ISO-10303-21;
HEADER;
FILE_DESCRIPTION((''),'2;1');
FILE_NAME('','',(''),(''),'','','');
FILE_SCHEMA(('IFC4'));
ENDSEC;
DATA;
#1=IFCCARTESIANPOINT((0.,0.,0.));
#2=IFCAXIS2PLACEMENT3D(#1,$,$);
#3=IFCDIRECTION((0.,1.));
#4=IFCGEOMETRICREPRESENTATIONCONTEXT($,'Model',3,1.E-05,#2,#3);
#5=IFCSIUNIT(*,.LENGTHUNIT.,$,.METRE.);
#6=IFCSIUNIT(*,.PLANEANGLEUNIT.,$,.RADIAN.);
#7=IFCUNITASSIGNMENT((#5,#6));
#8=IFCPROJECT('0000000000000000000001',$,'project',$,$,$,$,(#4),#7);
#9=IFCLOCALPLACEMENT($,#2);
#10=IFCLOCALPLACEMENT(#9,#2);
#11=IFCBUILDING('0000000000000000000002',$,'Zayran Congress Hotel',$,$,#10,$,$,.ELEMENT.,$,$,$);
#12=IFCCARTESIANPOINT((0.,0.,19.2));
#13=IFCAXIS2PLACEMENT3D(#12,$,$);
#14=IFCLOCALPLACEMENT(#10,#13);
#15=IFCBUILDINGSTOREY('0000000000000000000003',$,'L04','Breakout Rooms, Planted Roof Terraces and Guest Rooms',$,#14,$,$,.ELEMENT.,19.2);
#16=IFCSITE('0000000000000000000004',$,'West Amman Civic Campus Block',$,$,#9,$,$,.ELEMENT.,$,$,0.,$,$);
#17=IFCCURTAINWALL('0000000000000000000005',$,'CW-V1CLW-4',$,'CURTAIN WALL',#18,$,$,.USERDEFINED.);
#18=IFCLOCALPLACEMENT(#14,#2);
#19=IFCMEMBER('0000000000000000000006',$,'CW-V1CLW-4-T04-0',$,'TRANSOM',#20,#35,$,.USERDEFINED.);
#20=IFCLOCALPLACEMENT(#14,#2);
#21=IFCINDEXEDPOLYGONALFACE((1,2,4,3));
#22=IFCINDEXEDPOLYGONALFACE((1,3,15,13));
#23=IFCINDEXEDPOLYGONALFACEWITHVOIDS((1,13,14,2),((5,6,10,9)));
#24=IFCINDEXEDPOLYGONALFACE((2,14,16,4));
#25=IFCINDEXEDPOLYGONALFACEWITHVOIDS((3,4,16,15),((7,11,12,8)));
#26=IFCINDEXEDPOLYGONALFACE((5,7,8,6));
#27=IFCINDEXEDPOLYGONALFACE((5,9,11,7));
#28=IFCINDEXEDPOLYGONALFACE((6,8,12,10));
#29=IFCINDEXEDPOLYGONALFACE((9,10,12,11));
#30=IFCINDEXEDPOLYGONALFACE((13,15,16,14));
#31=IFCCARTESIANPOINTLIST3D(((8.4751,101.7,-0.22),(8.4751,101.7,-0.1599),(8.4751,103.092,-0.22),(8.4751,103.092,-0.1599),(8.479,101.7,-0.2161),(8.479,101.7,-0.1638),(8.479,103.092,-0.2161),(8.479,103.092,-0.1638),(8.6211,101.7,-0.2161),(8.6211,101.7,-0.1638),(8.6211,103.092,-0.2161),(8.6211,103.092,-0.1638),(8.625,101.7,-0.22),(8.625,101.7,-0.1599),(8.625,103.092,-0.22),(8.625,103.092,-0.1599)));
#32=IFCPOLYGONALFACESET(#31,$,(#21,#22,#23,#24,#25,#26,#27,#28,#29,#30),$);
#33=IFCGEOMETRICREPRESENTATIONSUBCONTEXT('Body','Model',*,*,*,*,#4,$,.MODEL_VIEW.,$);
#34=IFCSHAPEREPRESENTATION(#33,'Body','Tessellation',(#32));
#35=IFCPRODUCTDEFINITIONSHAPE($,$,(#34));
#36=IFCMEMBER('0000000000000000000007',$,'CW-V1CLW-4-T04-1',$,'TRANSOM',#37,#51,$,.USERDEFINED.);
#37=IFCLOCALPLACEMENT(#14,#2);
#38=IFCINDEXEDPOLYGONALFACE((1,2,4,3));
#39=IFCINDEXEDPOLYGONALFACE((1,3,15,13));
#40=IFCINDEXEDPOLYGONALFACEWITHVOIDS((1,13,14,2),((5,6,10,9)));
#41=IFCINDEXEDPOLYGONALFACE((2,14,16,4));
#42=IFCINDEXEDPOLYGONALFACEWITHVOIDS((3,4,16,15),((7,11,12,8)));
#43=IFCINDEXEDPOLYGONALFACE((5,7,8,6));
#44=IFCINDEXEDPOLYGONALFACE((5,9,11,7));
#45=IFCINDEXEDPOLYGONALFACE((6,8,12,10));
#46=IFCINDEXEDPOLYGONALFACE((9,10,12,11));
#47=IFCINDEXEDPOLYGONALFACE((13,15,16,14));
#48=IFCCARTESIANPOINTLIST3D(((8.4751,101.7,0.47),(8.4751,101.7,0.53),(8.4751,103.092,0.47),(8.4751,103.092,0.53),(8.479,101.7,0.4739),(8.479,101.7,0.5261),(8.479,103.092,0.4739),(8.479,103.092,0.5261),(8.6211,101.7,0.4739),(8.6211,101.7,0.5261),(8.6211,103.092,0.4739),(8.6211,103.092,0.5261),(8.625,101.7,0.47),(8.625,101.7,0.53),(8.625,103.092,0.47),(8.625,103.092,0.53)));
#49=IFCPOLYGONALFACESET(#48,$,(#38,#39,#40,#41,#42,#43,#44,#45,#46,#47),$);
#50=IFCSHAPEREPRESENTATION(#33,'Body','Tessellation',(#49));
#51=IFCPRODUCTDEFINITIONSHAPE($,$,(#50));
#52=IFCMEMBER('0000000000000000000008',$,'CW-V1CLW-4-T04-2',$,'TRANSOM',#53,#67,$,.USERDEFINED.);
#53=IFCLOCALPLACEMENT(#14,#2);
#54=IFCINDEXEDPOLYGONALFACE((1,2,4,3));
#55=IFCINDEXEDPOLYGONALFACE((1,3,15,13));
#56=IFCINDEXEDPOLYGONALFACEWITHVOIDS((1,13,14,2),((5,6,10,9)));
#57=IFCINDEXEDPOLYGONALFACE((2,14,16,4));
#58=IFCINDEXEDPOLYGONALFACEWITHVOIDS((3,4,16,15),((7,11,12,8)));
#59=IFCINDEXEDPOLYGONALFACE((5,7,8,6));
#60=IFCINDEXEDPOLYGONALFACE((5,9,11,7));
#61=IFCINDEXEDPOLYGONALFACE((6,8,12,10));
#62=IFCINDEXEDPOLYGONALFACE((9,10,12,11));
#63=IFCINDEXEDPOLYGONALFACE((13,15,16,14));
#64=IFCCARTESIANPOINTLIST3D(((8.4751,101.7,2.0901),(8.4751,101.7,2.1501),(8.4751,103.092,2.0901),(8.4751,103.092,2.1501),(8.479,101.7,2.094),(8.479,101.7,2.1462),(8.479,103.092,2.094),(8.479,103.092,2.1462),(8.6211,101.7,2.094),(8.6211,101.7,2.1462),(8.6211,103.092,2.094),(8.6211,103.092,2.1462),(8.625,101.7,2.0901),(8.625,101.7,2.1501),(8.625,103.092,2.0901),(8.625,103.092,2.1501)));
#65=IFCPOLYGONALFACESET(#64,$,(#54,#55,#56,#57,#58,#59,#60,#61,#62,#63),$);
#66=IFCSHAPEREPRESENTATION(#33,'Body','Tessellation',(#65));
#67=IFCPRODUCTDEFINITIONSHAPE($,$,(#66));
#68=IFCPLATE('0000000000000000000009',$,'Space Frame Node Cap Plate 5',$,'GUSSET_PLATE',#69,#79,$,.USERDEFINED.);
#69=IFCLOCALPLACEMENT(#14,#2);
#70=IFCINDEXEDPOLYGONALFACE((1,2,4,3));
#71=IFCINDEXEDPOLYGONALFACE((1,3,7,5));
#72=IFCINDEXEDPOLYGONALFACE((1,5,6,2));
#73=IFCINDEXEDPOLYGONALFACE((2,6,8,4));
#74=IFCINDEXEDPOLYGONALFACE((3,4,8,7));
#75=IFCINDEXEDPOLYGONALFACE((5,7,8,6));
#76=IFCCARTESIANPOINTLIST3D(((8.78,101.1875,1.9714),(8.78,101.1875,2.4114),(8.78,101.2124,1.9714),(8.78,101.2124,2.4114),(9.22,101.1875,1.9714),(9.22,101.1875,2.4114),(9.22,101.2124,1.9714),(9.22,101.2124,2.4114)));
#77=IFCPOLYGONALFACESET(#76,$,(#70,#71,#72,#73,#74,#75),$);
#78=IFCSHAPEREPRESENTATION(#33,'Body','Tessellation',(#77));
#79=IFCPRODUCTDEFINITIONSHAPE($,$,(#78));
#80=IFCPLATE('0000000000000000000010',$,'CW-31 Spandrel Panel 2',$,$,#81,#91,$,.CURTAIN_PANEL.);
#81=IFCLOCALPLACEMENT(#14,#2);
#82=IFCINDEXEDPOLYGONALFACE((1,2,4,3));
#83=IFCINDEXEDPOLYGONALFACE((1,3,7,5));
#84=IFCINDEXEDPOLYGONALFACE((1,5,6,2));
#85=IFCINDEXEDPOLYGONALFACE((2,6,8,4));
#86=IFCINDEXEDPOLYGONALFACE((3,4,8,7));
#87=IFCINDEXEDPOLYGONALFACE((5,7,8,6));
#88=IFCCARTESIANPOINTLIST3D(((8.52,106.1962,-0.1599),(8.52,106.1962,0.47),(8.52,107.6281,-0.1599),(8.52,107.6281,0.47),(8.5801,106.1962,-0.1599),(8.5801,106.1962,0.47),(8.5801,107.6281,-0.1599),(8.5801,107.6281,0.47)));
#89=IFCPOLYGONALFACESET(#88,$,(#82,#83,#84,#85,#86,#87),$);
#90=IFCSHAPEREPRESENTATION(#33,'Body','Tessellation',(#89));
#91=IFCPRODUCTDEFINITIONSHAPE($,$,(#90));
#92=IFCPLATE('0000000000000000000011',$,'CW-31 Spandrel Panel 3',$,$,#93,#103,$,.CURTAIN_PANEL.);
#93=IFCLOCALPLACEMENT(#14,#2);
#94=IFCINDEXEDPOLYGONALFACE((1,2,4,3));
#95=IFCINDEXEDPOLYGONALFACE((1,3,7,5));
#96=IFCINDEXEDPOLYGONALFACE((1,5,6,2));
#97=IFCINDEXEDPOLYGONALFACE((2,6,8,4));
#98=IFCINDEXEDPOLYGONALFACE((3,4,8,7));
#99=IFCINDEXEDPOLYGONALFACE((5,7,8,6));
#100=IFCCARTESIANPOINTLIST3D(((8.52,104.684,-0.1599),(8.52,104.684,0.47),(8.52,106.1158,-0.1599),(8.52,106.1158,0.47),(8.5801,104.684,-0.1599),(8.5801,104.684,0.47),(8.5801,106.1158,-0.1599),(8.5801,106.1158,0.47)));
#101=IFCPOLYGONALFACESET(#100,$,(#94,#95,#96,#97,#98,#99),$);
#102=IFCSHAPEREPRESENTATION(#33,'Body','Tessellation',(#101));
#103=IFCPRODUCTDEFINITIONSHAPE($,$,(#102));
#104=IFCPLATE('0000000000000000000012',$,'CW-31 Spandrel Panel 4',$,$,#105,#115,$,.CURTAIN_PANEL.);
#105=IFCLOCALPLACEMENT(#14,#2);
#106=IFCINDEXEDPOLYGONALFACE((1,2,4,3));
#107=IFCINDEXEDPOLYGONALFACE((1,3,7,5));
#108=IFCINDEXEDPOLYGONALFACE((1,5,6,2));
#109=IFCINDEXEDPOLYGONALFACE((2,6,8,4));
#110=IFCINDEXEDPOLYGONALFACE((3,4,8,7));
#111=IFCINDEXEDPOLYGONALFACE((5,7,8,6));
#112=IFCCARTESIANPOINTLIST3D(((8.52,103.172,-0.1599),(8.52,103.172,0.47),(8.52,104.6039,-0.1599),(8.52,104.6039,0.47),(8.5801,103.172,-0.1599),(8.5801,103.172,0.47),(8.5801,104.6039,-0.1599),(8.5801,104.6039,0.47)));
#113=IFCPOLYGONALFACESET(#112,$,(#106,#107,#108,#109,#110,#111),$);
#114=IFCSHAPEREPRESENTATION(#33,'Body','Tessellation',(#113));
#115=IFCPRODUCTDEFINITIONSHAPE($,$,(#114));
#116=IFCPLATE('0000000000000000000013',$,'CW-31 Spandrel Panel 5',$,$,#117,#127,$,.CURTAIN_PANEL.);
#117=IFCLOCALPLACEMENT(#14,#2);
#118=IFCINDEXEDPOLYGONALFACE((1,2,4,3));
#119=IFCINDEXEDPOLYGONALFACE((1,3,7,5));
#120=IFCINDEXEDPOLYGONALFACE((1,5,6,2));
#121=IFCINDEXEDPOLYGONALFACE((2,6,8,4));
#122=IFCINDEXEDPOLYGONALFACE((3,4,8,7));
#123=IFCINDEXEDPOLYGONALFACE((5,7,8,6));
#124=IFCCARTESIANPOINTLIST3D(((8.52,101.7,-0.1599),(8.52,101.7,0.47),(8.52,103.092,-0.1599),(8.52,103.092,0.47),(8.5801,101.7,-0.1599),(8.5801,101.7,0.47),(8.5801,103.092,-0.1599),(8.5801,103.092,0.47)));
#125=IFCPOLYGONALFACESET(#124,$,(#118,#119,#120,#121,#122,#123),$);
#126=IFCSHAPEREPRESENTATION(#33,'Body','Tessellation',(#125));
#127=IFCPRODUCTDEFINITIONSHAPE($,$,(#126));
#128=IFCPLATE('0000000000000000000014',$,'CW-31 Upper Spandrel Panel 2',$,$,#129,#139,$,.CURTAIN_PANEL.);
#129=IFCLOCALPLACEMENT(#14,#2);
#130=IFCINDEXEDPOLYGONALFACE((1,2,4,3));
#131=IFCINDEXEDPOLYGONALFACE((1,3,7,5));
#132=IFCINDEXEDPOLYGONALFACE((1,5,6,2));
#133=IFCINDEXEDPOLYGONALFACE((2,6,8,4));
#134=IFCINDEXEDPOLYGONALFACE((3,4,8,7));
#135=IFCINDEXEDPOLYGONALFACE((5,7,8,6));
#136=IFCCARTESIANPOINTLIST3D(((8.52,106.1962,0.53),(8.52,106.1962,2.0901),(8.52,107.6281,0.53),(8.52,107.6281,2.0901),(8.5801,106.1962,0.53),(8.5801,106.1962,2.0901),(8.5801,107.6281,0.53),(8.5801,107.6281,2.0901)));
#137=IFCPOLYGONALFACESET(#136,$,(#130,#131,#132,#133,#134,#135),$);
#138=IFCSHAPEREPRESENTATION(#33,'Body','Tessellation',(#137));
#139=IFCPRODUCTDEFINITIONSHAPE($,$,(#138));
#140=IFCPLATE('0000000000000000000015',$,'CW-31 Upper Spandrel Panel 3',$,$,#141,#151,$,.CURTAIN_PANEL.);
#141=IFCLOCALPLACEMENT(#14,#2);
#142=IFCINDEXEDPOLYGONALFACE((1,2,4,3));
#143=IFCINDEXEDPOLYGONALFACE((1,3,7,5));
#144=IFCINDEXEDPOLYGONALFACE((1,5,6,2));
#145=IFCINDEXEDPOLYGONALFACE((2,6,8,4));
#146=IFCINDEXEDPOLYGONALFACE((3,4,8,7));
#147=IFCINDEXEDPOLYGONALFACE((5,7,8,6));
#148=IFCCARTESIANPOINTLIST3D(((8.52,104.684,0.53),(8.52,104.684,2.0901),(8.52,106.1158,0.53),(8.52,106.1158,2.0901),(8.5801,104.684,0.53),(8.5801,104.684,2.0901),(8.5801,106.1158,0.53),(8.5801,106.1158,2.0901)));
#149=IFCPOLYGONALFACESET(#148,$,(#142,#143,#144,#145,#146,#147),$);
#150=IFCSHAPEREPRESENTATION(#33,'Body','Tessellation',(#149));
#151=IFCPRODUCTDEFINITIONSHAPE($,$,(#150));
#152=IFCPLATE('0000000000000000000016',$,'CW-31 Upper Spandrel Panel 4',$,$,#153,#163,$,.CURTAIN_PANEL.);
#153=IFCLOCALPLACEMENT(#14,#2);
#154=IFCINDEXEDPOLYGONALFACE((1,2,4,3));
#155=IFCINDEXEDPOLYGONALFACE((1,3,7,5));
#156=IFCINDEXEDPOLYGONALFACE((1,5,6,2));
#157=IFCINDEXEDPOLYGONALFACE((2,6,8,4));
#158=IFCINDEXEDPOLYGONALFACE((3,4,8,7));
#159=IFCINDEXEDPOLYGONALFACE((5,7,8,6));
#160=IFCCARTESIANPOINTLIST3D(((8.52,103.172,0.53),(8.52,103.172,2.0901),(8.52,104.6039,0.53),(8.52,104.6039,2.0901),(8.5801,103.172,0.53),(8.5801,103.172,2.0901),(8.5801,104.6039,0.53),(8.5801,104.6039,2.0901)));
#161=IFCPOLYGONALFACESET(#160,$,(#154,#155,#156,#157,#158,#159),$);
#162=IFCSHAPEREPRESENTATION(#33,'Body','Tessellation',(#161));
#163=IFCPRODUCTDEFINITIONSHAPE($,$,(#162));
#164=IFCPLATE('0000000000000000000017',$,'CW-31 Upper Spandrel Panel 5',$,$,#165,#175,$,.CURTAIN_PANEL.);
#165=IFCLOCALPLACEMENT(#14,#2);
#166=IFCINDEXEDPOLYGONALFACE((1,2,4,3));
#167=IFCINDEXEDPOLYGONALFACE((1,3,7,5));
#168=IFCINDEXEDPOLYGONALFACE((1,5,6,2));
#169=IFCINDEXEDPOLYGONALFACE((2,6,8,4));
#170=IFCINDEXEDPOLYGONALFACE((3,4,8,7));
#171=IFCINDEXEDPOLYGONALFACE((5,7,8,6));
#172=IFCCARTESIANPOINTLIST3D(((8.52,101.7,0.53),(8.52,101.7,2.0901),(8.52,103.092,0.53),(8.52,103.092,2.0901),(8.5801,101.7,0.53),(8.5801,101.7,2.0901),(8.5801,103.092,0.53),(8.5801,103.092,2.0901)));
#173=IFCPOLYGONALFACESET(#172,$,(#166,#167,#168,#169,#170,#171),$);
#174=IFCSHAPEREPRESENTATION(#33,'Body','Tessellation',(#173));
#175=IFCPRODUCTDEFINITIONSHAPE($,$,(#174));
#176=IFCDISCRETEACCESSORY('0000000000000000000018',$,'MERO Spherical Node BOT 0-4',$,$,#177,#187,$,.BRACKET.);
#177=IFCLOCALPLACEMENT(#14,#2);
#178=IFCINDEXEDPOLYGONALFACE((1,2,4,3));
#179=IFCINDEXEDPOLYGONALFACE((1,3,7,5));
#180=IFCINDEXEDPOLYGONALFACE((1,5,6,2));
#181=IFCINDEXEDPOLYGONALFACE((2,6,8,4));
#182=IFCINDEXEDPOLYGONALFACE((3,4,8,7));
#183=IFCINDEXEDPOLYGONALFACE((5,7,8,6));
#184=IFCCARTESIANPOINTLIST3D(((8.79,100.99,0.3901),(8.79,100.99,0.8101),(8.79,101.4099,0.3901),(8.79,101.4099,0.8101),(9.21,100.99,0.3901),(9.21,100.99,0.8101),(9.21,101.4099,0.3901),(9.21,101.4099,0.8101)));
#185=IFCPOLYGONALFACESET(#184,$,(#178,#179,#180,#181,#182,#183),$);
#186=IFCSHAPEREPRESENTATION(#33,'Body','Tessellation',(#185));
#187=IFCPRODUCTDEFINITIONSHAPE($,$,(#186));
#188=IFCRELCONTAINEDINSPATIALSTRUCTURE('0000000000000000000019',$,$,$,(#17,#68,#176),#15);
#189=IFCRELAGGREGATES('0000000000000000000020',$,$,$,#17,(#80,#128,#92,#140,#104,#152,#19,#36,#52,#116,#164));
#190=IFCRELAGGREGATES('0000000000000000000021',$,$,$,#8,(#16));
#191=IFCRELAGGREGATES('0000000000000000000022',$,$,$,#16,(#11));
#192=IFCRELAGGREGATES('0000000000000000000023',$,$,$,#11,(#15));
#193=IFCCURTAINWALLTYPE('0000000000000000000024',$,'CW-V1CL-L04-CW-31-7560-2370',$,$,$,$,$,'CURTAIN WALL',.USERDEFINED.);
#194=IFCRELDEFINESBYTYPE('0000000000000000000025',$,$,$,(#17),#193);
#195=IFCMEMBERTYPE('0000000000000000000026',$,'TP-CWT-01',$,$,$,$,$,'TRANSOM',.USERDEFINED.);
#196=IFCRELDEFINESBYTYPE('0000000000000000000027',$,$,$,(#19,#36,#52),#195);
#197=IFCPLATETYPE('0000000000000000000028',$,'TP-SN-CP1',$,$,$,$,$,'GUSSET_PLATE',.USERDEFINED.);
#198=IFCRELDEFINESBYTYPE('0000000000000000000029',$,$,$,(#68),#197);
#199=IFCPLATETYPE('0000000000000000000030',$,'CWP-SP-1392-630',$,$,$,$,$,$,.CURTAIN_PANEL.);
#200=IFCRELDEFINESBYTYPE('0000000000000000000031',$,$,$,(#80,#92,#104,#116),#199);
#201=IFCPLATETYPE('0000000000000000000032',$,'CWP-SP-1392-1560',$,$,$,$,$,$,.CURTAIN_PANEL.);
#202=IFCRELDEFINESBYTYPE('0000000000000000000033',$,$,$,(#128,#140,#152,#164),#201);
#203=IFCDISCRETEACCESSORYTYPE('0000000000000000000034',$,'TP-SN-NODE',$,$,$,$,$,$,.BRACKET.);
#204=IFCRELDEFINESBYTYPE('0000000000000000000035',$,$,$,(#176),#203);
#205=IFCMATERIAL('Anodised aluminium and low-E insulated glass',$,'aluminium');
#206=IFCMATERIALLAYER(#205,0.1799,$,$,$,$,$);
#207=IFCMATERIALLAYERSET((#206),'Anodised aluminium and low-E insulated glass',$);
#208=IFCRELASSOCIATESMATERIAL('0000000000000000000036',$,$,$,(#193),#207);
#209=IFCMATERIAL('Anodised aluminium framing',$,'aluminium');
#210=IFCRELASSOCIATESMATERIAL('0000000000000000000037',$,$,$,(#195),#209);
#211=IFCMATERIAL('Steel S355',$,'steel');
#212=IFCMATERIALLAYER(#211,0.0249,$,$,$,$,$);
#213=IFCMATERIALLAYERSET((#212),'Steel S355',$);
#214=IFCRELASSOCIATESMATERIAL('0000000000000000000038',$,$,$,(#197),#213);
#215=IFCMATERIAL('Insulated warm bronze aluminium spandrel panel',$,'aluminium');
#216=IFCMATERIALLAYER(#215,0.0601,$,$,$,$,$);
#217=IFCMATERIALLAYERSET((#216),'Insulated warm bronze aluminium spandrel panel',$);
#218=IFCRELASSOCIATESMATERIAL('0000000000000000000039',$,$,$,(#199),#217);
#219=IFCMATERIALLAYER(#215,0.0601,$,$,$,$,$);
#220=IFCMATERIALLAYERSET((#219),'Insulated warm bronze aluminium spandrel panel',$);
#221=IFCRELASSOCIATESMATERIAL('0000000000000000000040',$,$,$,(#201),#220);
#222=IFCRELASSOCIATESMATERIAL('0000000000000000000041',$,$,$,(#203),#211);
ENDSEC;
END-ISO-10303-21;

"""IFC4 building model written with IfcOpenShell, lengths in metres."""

from ifc_helpers import new_model, si_unit, direction, frame, origin, origin_2d, place, context, subcontext, project, spatial, rectangle, hollow_rectangle, extrude, material, layer, layer_set, material_profile, profile_set, type_object, element, aggregate, save


model = new_model("IFC4")

# Units and contexts
model_context = context("Model", 3, precision=1e-05, world=origin(), true_north=direction((0.0, 1.0)))
body_context = subcontext(model_context, "Body", "Model", "MODEL_VIEW")
ifc_project = project(units=[si_unit("LENGTHUNIT", "METRE"), si_unit("PLANEANGLEUNIT", "RADIAN")], contexts=[model_context])

# Site, building, storey
site_placement = place(None, origin())
site = spatial("IfcSite", under=ifc_project, at=site_placement, Name="West Amman Civic Campus Block", CompositionType="ELEMENT", RefElevation=0.0)
building_placement = place(site_placement, origin())
building = spatial("IfcBuilding", under=site, at=building_placement, Name="Zayran Congress Hotel", CompositionType="ELEMENT")
storey_placement = place(building_placement, frame((0.0, 0.0, 19.2)))
storey = spatial("IfcBuildingStorey", under=building, at=storey_placement, Name="L04", Description="Breakout Rooms, Planted Roof Terraces and Guest Rooms", CompositionType="ELEMENT", Elevation=19.2)

# Curtain wall, members
ifc_material_1 = material(Name="Anodised aluminium and low-E insulated glass", Category="aluminium")
ifc_layer_1 = layer(ifc_material_1, 0.1799)
ifc_layer_set_1 = layer_set([ifc_layer_1], Name="Anodised aluminium and low-E insulated glass")
curtain_wall_type = type_object("IfcCurtainWallType", Name="CW-V1CL-L04-CW-31-7560-2370", ElementType="CURTAIN WALL", PredefinedType="USERDEFINED", material=ifc_layer_set_1)
curtain_wall_placement = place(storey_placement, origin())
curtain_wall = element("IfcCurtainWall", 1, at=curtain_wall_placement, inside=storey, type_object=curtain_wall_type, Name="CW-V1CLW-4", ObjectType="CURTAIN WALL", PredefinedType="USERDEFINED")
ifc_material_2 = material(Name="Anodised aluminium framing", Category="aluminium")
ifc_material_profile_1 = material_profile(ifc_material_2, hollow_rectangle(XDim=0.0601, YDim=0.1499, WallThickness=0.0039, at=origin_2d()), Name="RHS 150x60x4")
ifc_profile_set_1 = profile_set([ifc_material_profile_1], Name="Anodised aluminium framing")
member_type_1 = type_object("IfcMemberType", Name="TP-CWT-01", ElementType="TRANSOM", PredefinedType="USERDEFINED", material=ifc_profile_set_1)
member_1_placement = place(storey_placement, frame((8.55, 103.092, -0.1899), z_axis=(0.0, -1.0, 0.0), x_axis=(0.0, 0.0, 1.0)))
member_1 = element("IfcMember", 2, at=member_1_placement, type_object=member_type_1, Name="CW-V1CLW-4-T04-0", ObjectType="TRANSOM", PredefinedType="USERDEFINED", context=body_context, shape_type="SweptSolid", body=[
    extrude(hollow_rectangle(XDim=0.0601, YDim=0.1499, WallThickness=0.0039, at=origin_2d()), origin(), (0.0, 0.0, 1.0), 1.3921),
])
member_2_placement = place(storey_placement, frame((8.55, 103.092, 0.5), z_axis=(0.0, -1.0, 0.0), x_axis=(0.0, 0.0, 1.0)))
member_2 = element("IfcMember", 3, at=member_2_placement, type_object=member_type_1, Name="CW-V1CLW-4-T04-1", ObjectType="TRANSOM", PredefinedType="USERDEFINED", context=body_context, shape_type="SweptSolid", body=[
    extrude(hollow_rectangle(XDim=0.0601, YDim=0.1499, WallThickness=0.0039, at=origin_2d()), origin(), (0.0, 0.0, 1.0), 1.3921),
])
member_3_placement = place(storey_placement, frame((8.55, 103.092, 2.1201), z_axis=(0.0, -1.0, 0.0), x_axis=(0.0, 0.0, 1.0)))
member_3 = element("IfcMember", 4, at=member_3_placement, type_object=member_type_1, Name="CW-V1CLW-4-T04-2", ObjectType="TRANSOM", PredefinedType="USERDEFINED", context=body_context, shape_type="SweptSolid", body=[
    extrude(hollow_rectangle(XDim=0.0601, YDim=0.1499, WallThickness=0.0039, at=origin_2d()), origin(), (0.0, 0.0, 1.0), 1.3921),
])

# Plates
ifc_material_3 = material(Name="Steel S355", Category="steel")
ifc_layer_2 = layer(ifc_material_3, 0.0249)
ifc_layer_set_2 = layer_set([ifc_layer_2], Name="Steel S355")
plate_type_1 = type_object("IfcPlateType", Name="TP-SN-CP1", ElementType="GUSSET_PLATE", PredefinedType="USERDEFINED", material=ifc_layer_set_2)
plate_1_placement = place(storey_placement, frame((9.0, 101.2, 1.9714), z_axis=(0.0, 0.0, 1.0), x_axis=(1.0, 0.0, 0.0)))
element("IfcPlate", 5, at=plate_1_placement, inside=storey, type_object=plate_type_1, Name="Space Frame Node Cap Plate 5", ObjectType="GUSSET_PLATE", PredefinedType="USERDEFINED", context=body_context, shape_type="SweptSolid", body=[
    extrude(rectangle(XDim=0.4399, YDim=0.0249, at=origin_2d()), origin(), (0.0, 0.0, 1.0), 0.4399),
])
ifc_material_4 = material(Name="Insulated warm bronze aluminium spandrel panel", Category="aluminium")
ifc_layer_3 = layer(ifc_material_4, 0.0601)
ifc_layer_set_3 = layer_set([ifc_layer_3], Name="Insulated warm bronze aluminium spandrel panel")
plate_type_2 = type_object("IfcPlateType", Name="CWP-SP-1392-630", PredefinedType="CURTAIN_PANEL", material=ifc_layer_set_3)
plate_2_placement = place(storey_placement, frame((8.55, 106.9121, -0.1599), z_axis=(0.0, 0.0, 1.0), x_axis=(0.0, 1.0, 0.0)))
plate_2 = element("IfcPlate", 6, at=plate_2_placement, type_object=plate_type_2, Name="CW-31 Spandrel Panel 2", PredefinedType="CURTAIN_PANEL", context=body_context, shape_type="SweptSolid", body=[
    extrude(rectangle(XDim=1.4319, YDim=0.0601, at=origin_2d()), origin(), (0.0, 0.0, 1.0), 0.6299),
])
plate_3_placement = place(storey_placement, frame((8.55, 105.3999, -0.1599), z_axis=(0.0, 0.0, 1.0), x_axis=(0.0, 1.0, 0.0)))
plate_3 = element("IfcPlate", 7, at=plate_3_placement, type_object=plate_type_2, Name="CW-31 Spandrel Panel 3", PredefinedType="CURTAIN_PANEL", context=body_context, shape_type="SweptSolid", body=[
    extrude(rectangle(XDim=1.4319, YDim=0.0601, at=origin_2d()), origin(), (0.0, 0.0, 1.0), 0.6299),
])
plate_4_placement = place(storey_placement, frame((8.55, 103.8879, -0.1599), z_axis=(0.0, 0.0, 1.0), x_axis=(0.0, 1.0, 0.0)))
plate_4 = element("IfcPlate", 8, at=plate_4_placement, type_object=plate_type_2, Name="CW-31 Spandrel Panel 4", PredefinedType="CURTAIN_PANEL", context=body_context, shape_type="SweptSolid", body=[
    extrude(rectangle(XDim=1.4319, YDim=0.0601, at=origin_2d()), origin(), (0.0, 0.0, 1.0), 0.6299),
])
plate_5_placement = place(storey_placement, frame((8.55, 102.396, -0.1599), z_axis=(0.0, 0.0, 1.0), x_axis=(0.0, 1.0, 0.0)))
plate_5 = element("IfcPlate", 9, at=plate_5_placement, type_object=plate_type_2, Name="CW-31 Spandrel Panel 5", PredefinedType="CURTAIN_PANEL", context=body_context, shape_type="SweptSolid", body=[
    extrude(rectangle(XDim=1.3921, YDim=0.0601, at=origin_2d()), origin(), (0.0, 0.0, 1.0), 0.6299),
])
ifc_layer_4 = layer(ifc_material_4, 0.0601)
ifc_layer_set_4 = layer_set([ifc_layer_4], Name="Insulated warm bronze aluminium spandrel panel")
plate_type_3 = type_object("IfcPlateType", Name="CWP-SP-1392-1560", PredefinedType="CURTAIN_PANEL", material=ifc_layer_set_4)
plate_6_placement = place(storey_placement, frame((8.55, 106.9121, 0.53), z_axis=(0.0, 0.0, 1.0), x_axis=(0.0, 1.0, 0.0)))
plate_6 = element("IfcPlate", 10, at=plate_6_placement, type_object=plate_type_3, Name="CW-31 Upper Spandrel Panel 2", PredefinedType="CURTAIN_PANEL", context=body_context, shape_type="SweptSolid", body=[
    extrude(rectangle(XDim=1.4319, YDim=0.0601, at=origin_2d()), origin(), (0.0, 0.0, 1.0), 1.5601),
])
plate_7_placement = place(storey_placement, frame((8.55, 105.3999, 0.53), z_axis=(0.0, 0.0, 1.0), x_axis=(0.0, 1.0, 0.0)))
plate_7 = element("IfcPlate", 11, at=plate_7_placement, type_object=plate_type_3, Name="CW-31 Upper Spandrel Panel 3", PredefinedType="CURTAIN_PANEL", context=body_context, shape_type="SweptSolid", body=[
    extrude(rectangle(XDim=1.4319, YDim=0.0601, at=origin_2d()), origin(), (0.0, 0.0, 1.0), 1.5601),
])
plate_8_placement = place(storey_placement, frame((8.55, 103.8879, 0.53), z_axis=(0.0, 0.0, 1.0), x_axis=(0.0, 1.0, 0.0)))
plate_8 = element("IfcPlate", 12, at=plate_8_placement, type_object=plate_type_3, Name="CW-31 Upper Spandrel Panel 4", PredefinedType="CURTAIN_PANEL", context=body_context, shape_type="SweptSolid", body=[
    extrude(rectangle(XDim=1.4319, YDim=0.0601, at=origin_2d()), origin(), (0.0, 0.0, 1.0), 1.5601),
])
plate_9_placement = place(storey_placement, frame((8.55, 102.396, 0.53), z_axis=(0.0, 0.0, 1.0), x_axis=(0.0, 1.0, 0.0)))
plate_9 = element("IfcPlate", 13, at=plate_9_placement, type_object=plate_type_3, Name="CW-31 Upper Spandrel Panel 5", PredefinedType="CURTAIN_PANEL", context=body_context, shape_type="SweptSolid", body=[
    extrude(rectangle(XDim=1.3921, YDim=0.0601, at=origin_2d()), origin(), (0.0, 0.0, 1.0), 1.5601),
])
aggregate(curtain_wall, [plate_2, plate_6, plate_3, plate_7, plate_4, plate_8, member_1, member_2, member_3, plate_5, plate_9])

# Discrete accessory
discrete_accessory_type = type_object("IfcDiscreteAccessoryType", Name="TP-SN-NODE", PredefinedType="BRACKET", material=ifc_material_3)
discrete_accessory_placement = place(storey_placement, frame((9.0, 101.2, 0.3901), z_axis=(0.0, 0.0, 1.0), x_axis=(1.0, 0.0, 0.0)))
element("IfcDiscreteAccessory", 14, at=discrete_accessory_placement, inside=storey, type_object=discrete_accessory_type, Name="MERO Spherical Node BOT 0-4", PredefinedType="BRACKET", context=body_context, shape_type="SweptSolid", body=[
    extrude(rectangle(XDim=0.4199, YDim=0.4199, at=origin_2d()), origin(), (0.0, 0.0, 1.0), 0.4199),
])

save(model, "model.ifc")
